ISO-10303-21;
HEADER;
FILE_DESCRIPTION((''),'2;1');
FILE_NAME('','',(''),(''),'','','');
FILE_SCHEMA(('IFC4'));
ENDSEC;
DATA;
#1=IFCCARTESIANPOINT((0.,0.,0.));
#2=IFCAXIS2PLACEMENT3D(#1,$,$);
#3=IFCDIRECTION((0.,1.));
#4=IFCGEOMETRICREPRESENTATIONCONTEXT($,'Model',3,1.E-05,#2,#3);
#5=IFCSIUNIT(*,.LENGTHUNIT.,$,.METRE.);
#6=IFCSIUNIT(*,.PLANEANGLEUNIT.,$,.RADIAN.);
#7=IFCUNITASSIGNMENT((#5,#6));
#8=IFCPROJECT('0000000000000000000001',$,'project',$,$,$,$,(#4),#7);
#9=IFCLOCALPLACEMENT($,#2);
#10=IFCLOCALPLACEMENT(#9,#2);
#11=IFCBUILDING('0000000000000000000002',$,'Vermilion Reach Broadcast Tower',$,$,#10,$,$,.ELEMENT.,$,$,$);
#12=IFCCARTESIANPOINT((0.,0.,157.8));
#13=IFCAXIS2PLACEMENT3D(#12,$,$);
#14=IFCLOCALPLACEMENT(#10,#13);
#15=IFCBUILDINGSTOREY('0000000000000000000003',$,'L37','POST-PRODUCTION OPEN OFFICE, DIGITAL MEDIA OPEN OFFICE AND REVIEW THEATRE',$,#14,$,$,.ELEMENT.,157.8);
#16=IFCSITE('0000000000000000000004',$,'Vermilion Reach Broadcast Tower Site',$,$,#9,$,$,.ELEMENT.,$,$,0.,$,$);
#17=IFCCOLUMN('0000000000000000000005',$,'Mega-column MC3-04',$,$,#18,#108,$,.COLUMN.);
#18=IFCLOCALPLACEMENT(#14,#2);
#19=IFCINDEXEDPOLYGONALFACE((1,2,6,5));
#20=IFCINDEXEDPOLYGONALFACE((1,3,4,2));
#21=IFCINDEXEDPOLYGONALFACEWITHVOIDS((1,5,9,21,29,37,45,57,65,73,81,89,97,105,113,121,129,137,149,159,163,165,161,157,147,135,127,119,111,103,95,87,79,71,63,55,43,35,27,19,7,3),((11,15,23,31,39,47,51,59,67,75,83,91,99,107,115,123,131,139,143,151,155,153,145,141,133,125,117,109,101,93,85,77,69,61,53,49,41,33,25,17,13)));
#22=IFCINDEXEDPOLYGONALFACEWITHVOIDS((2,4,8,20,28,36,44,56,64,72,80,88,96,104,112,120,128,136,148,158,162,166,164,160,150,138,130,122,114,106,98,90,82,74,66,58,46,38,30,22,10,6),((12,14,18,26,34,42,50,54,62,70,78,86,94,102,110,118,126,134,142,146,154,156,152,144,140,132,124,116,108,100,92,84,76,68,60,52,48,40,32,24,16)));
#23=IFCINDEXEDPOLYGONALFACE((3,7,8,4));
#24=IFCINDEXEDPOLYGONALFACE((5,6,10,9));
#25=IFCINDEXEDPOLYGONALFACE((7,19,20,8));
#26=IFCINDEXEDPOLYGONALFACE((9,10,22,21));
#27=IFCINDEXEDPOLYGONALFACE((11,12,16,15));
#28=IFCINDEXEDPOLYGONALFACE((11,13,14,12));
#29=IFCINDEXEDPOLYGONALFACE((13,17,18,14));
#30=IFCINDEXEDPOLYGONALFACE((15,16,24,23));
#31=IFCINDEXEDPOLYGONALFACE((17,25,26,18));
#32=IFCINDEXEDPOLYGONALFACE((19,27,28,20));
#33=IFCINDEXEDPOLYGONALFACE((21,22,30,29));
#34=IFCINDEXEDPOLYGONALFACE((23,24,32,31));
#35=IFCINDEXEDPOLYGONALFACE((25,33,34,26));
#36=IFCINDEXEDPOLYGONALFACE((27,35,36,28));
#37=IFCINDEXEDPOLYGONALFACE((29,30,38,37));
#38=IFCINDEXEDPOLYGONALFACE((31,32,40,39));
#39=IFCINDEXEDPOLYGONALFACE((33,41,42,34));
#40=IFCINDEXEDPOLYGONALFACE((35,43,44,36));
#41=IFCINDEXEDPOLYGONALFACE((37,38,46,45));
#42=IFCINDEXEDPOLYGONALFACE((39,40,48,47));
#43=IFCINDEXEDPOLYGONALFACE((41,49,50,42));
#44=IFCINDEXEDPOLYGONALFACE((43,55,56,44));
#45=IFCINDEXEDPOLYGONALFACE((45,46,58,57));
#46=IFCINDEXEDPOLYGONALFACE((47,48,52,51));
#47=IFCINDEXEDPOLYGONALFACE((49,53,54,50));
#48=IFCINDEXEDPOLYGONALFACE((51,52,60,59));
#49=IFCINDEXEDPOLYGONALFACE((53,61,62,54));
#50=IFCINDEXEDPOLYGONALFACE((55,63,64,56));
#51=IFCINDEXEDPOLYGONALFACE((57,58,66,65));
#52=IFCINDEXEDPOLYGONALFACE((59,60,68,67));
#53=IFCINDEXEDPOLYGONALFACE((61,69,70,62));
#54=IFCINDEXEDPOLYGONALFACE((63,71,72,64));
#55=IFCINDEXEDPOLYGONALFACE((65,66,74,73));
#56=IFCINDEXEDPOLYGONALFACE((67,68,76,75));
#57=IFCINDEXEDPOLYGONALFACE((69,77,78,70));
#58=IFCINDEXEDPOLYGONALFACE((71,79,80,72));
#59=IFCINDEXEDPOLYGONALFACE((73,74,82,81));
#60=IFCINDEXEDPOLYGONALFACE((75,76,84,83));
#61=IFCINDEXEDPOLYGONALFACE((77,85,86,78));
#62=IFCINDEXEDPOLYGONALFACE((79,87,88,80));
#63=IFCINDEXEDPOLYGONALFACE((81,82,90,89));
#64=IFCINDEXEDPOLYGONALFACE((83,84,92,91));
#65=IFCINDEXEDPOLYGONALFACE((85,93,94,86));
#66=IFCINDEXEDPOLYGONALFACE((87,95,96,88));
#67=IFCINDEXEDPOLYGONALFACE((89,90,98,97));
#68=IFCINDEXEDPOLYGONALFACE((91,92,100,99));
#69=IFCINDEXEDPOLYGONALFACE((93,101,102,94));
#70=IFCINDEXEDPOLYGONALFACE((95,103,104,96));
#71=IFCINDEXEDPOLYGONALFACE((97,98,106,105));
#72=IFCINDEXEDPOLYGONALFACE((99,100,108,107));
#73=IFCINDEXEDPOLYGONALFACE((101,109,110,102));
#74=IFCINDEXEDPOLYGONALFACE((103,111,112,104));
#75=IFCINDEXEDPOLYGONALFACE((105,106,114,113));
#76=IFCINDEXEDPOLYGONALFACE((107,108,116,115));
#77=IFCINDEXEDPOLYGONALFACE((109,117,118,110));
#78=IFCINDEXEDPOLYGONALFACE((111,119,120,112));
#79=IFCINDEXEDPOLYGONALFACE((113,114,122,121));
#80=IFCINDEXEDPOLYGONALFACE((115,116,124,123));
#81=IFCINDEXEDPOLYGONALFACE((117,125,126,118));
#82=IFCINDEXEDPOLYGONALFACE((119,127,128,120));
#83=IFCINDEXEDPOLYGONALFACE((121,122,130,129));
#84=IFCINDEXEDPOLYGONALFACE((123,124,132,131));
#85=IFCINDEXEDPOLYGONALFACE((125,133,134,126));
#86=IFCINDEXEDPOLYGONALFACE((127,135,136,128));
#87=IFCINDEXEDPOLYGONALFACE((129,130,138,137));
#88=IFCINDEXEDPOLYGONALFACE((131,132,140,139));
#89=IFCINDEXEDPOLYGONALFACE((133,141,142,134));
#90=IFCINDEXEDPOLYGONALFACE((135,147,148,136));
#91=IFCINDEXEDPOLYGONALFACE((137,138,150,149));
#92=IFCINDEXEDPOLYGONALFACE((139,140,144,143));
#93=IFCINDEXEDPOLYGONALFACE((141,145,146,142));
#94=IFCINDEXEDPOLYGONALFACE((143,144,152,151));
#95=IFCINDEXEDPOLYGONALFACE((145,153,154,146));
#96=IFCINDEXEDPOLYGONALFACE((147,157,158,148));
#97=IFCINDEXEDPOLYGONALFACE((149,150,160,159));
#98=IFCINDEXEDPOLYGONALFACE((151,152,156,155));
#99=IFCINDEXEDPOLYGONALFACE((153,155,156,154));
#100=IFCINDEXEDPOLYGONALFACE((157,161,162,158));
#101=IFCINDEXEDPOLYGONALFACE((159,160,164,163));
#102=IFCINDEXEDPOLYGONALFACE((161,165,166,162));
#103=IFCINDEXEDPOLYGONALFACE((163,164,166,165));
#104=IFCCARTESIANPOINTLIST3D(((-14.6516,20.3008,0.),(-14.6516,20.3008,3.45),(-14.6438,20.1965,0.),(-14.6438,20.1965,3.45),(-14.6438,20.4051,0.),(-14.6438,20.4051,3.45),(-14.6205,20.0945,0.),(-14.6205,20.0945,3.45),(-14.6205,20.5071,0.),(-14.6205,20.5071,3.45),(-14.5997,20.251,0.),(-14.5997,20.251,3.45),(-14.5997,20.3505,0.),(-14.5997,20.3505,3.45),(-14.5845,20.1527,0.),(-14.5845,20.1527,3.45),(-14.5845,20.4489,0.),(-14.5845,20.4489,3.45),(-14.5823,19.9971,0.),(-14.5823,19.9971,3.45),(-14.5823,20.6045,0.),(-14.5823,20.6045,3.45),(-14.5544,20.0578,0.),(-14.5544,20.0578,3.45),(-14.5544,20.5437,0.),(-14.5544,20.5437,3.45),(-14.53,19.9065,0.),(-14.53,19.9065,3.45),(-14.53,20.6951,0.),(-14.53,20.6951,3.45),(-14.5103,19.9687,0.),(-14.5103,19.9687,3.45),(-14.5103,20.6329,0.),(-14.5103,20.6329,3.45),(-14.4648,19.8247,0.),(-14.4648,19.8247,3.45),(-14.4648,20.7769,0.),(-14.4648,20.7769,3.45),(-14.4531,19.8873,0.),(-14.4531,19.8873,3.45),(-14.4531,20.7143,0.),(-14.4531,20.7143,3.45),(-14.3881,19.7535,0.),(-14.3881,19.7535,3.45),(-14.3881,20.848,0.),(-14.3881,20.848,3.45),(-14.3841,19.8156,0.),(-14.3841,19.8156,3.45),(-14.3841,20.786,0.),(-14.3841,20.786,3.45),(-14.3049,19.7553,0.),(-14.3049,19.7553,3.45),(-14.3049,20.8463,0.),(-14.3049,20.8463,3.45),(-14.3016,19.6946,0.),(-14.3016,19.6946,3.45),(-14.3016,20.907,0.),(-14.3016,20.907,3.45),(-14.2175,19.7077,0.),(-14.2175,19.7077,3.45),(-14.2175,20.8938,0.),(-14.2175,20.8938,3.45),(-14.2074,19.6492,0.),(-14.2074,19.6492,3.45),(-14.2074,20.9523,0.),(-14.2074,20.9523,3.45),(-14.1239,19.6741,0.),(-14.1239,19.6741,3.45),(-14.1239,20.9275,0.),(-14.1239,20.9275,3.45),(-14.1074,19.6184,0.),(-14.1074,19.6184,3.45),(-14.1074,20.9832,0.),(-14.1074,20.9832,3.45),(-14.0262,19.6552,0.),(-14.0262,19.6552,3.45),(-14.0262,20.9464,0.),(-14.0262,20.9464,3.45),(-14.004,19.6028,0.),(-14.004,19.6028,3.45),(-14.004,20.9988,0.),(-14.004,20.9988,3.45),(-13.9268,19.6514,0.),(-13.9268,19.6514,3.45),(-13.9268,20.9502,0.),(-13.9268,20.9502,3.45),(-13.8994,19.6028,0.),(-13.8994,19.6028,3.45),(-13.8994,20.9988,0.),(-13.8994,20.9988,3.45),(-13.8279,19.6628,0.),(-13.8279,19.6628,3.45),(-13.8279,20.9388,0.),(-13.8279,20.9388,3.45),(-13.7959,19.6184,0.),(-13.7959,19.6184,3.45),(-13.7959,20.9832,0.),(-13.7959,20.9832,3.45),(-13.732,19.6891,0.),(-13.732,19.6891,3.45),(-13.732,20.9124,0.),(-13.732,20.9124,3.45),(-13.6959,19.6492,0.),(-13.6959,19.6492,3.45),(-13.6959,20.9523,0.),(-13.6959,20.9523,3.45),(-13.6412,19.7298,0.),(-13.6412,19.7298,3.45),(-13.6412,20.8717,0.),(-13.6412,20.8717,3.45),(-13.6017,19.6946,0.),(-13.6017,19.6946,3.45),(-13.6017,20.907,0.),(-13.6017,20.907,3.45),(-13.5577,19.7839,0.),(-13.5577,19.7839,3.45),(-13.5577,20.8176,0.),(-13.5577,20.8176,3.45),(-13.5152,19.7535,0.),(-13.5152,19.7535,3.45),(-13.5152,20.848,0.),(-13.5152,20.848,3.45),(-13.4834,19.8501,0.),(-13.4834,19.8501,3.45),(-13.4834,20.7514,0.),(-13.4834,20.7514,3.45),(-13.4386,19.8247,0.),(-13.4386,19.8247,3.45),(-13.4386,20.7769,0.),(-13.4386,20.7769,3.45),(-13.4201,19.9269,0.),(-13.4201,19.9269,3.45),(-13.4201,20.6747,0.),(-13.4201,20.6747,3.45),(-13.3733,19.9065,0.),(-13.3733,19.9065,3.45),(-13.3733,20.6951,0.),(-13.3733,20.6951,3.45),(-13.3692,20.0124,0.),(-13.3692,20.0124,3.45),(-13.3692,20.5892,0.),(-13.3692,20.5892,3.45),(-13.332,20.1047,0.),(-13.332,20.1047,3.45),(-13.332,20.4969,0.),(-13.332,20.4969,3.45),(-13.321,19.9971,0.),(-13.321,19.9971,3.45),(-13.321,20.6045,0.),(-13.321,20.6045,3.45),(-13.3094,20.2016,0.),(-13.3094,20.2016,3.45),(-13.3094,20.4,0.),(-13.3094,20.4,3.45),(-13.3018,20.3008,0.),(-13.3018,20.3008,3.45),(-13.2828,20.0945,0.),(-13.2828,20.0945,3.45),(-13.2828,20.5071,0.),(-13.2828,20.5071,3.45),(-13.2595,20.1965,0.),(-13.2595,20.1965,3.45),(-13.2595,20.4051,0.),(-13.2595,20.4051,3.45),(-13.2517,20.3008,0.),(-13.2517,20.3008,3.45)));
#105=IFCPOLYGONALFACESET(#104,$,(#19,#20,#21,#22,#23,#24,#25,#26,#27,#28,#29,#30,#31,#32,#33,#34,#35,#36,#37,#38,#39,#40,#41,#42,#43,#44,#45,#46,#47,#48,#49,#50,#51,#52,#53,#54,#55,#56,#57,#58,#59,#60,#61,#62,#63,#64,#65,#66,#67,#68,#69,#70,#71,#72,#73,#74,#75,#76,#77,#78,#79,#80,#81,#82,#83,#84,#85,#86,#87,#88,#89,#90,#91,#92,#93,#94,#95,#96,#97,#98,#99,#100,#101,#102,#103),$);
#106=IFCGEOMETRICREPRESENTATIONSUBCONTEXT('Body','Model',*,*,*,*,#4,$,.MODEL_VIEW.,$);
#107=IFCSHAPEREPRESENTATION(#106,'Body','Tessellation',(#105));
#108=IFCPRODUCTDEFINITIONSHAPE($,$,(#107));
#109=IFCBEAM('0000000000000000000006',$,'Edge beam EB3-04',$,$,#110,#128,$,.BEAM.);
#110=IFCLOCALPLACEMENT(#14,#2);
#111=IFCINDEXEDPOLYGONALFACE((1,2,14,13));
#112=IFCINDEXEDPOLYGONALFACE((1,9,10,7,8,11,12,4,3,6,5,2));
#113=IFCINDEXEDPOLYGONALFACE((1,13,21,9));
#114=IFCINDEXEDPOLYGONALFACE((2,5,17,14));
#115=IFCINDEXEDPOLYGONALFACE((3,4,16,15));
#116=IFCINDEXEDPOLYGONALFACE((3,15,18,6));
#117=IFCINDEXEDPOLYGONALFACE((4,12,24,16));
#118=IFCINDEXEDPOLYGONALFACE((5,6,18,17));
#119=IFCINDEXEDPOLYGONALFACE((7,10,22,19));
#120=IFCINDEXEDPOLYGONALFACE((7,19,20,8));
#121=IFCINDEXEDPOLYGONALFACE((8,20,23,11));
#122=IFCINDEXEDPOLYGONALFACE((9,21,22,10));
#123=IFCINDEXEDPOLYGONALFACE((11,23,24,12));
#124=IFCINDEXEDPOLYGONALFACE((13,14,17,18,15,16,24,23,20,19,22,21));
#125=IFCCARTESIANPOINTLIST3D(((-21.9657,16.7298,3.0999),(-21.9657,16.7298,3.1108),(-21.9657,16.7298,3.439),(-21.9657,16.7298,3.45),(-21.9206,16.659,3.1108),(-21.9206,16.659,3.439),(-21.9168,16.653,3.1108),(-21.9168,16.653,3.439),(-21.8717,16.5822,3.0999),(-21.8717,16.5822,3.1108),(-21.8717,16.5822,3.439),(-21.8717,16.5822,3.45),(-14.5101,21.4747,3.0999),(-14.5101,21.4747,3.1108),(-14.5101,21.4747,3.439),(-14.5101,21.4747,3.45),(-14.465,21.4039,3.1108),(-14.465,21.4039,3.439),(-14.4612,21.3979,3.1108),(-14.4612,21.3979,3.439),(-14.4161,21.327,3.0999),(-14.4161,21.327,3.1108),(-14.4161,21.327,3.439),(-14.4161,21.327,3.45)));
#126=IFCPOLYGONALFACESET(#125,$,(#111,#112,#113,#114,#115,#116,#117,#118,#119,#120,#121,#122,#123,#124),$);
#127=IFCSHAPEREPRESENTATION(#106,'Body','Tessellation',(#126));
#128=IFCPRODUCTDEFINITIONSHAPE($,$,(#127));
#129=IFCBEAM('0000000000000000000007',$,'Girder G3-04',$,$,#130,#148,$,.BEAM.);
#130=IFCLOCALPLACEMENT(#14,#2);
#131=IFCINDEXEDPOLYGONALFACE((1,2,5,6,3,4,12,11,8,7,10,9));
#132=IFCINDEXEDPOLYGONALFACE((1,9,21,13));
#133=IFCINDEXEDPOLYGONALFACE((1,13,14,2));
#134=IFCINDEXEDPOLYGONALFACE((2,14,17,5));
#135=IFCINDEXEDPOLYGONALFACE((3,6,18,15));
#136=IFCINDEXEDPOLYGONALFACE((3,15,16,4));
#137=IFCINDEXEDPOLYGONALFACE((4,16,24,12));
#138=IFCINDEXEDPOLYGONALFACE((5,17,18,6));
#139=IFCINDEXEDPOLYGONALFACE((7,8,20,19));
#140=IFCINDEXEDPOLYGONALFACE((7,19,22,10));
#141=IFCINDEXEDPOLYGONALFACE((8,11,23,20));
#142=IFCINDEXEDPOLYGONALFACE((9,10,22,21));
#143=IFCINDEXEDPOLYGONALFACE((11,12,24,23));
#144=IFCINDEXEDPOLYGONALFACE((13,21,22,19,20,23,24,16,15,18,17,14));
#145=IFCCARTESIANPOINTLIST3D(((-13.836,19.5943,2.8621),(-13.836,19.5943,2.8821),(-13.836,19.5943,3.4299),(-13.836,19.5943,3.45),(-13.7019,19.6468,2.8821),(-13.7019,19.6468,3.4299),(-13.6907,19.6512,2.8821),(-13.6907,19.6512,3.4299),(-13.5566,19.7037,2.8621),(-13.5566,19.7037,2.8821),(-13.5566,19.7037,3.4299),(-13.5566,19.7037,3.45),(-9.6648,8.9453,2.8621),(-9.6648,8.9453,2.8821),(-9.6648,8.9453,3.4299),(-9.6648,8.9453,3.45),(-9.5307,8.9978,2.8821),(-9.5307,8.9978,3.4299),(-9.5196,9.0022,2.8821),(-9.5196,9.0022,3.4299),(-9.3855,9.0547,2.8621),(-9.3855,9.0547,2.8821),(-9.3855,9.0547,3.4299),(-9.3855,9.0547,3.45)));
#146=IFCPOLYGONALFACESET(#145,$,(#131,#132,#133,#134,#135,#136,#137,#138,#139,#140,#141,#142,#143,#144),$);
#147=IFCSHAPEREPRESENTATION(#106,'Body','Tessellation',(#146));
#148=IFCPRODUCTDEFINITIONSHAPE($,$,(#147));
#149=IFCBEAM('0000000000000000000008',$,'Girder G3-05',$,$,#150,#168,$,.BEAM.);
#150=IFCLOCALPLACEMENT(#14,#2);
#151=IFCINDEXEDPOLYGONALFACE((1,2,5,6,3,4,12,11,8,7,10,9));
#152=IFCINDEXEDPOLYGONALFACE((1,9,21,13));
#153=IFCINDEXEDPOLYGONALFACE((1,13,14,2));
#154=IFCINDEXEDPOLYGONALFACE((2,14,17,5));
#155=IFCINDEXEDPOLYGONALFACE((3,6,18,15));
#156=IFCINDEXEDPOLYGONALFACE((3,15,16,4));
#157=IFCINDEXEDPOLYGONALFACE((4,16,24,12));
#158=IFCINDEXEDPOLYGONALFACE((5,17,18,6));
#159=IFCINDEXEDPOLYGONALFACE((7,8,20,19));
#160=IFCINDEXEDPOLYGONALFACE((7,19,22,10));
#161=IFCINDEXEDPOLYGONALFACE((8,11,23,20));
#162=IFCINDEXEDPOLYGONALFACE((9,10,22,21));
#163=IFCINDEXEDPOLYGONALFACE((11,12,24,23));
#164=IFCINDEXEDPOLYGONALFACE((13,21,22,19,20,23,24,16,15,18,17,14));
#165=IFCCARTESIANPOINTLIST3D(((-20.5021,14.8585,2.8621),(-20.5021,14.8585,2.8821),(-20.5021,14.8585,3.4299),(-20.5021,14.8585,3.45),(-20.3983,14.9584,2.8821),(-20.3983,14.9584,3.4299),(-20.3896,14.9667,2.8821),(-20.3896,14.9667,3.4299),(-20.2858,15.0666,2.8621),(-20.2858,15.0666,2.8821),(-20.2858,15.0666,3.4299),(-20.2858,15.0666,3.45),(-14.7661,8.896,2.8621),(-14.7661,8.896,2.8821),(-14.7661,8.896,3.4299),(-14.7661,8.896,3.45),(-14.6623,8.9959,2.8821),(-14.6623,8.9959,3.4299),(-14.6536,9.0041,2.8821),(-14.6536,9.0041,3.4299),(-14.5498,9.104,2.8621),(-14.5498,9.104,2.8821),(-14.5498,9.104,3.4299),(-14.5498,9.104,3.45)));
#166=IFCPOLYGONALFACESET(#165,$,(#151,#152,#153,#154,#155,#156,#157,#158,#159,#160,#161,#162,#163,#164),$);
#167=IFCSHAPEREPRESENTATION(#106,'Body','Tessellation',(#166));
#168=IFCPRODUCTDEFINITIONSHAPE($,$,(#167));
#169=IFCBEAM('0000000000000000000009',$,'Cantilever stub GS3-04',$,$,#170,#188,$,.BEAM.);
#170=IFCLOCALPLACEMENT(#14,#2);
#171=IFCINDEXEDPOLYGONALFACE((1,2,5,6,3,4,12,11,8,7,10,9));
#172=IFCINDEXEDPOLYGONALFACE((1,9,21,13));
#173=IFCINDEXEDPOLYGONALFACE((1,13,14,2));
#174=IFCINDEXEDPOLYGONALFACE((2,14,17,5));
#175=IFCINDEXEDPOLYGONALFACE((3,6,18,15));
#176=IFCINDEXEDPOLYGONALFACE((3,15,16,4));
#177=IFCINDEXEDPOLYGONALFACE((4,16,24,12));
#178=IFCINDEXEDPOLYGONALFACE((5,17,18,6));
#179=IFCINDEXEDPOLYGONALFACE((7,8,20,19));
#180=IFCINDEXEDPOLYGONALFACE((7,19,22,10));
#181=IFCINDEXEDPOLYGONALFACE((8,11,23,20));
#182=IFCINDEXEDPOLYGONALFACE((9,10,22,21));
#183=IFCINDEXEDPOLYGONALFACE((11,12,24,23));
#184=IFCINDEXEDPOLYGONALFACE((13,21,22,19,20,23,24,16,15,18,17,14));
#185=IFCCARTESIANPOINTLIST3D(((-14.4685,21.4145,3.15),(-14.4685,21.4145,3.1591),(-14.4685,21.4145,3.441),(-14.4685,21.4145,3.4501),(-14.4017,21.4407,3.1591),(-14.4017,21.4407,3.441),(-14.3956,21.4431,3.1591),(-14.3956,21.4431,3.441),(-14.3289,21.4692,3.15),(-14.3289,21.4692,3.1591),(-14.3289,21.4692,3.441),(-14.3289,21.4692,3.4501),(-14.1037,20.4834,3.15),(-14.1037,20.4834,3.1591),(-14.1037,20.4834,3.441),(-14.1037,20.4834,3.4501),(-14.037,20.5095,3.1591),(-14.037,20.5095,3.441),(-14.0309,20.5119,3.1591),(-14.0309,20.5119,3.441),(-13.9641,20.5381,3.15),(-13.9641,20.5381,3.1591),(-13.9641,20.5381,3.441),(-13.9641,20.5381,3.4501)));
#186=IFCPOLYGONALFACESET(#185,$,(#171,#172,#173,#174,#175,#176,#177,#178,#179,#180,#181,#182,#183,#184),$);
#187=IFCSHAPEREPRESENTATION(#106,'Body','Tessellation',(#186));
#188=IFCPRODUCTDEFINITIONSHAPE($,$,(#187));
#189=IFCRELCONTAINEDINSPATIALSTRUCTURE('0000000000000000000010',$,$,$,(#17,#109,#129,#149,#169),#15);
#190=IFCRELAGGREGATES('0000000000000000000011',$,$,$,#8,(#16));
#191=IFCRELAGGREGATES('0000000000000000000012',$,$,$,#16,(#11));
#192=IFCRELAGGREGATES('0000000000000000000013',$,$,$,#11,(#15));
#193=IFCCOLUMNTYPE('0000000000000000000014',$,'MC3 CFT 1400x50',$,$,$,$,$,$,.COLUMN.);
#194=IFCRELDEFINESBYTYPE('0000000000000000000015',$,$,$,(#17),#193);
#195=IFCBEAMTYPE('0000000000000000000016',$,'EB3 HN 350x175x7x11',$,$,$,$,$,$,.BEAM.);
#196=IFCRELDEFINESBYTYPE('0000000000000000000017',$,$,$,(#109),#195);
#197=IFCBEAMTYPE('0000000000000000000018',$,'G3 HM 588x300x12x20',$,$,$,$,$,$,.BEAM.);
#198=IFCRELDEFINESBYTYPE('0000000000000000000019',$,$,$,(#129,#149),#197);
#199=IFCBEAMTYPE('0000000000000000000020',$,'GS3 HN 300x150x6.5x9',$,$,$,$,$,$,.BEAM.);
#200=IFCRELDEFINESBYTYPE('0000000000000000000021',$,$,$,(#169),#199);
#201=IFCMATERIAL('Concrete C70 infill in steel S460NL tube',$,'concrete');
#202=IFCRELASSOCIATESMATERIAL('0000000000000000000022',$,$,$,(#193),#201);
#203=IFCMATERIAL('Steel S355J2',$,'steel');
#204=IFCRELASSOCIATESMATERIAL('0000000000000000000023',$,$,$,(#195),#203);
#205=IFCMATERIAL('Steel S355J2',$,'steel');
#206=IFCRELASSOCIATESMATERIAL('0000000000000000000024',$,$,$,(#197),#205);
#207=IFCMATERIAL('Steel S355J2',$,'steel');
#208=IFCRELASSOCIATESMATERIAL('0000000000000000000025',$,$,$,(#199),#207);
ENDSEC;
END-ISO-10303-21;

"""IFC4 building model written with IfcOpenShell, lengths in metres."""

from ifc_helpers import new_model, si_unit, direction, frame, origin, origin_2d, place, context, subcontext, project, spatial, hollow_circle, i_section, extrude, material, material_profile, profile_set, type_object, element, save


model = new_model("IFC4")

# Units and contexts
model_context = context("Model", 3, precision=1e-05, world=origin(), true_north=direction((0.0, 1.0)))
body_context = subcontext(model_context, "Body", "Model", "MODEL_VIEW")
ifc_project = project(units=[si_unit("LENGTHUNIT", "METRE"), si_unit("PLANEANGLEUNIT", "RADIAN")], contexts=[model_context])

# Site, building, storey
site_placement = place(None, origin())
site = spatial("IfcSite", under=ifc_project, at=site_placement, Name="Vermilion Reach Broadcast Tower Site", CompositionType="ELEMENT", RefElevation=0.0)
building_placement = place(site_placement, origin())
building = spatial("IfcBuilding", under=site, at=building_placement, Name="Vermilion Reach Broadcast Tower", CompositionType="ELEMENT")
storey_placement = place(building_placement, frame((0.0, 0.0, 157.8)))
storey = spatial("IfcBuildingStorey", under=building, at=storey_placement, Name="L37", Description="POST-PRODUCTION OPEN OFFICE, DIGITAL MEDIA OPEN OFFICE AND REVIEW THEATRE", CompositionType="ELEMENT", Elevation=157.8)

# Column
ifc_material_1 = material(Name="Concrete C70 infill in steel S460NL tube", Category="concrete")
ifc_material_profile_1 = material_profile(ifc_material_1, hollow_circle(Radius=0.7, WallThickness=0.05, at=origin_2d()), Name="Concrete C70 infill in steel S460NL tube CFT 1400x50")
ifc_profile_set_1 = profile_set([ifc_material_profile_1], Name="Concrete C70 infill in steel S460NL tube")
column_type = type_object("IfcColumnType", Name="MC3 CFT 1400x50", PredefinedType="COLUMN", material=ifc_profile_set_1)
column_placement = place(storey_placement, frame((-13.9517, 20.3008, 0.0), z_axis=(0.0, 0.0, 1.0), x_axis=(1.0, 0.0, 0.0)))
element("IfcColumn", 1, at=column_placement, inside=storey, type_object=column_type, Name="Mega-column MC3-04", PredefinedType="COLUMN", context=body_context, shape_type="SweptSolid", body=[
    extrude(hollow_circle(Radius=0.7, WallThickness=0.05, at=origin_2d()), origin(), (0.0, 0.0, 1.0), 3.45),
])

# Beams
ifc_material_2 = material(Name="Steel S355J2", Category="steel")
ifc_material_profile_2 = material_profile(ifc_material_2, i_section(OverallWidth=0.175, OverallDepth=0.3501, WebThickness=0.0071, FlangeThickness=0.011, at=origin_2d()), Name="S355J2 HN 350x175x7x11")
ifc_profile_set_2 = profile_set([ifc_material_profile_2], Name="Steel S355J2")
beam_type_1 = type_object("IfcBeamType", Name="EB3 HN 350x175x7x11", PredefinedType="BEAM", material=ifc_profile_set_2)
beam_1_placement = place(storey_placement, frame((-14.4631, 21.4009, 3.2749), z_axis=(-0.84364, -0.536909, 0.0), x_axis=(0.536909, -0.84364, 0.0)))
element("IfcBeam", 2, at=beam_1_placement, inside=storey, type_object=beam_type_1, Name="Edge beam EB3-04", PredefinedType="BEAM", context=body_context, shape_type="SweptSolid", body=[
    extrude(i_section(OverallWidth=0.175, OverallDepth=0.3501, WebThickness=0.0071, FlangeThickness=0.011, at=origin_2d()), origin(), (0.0, 0.0, 1.0), 8.8374),
])
ifc_material_3 = material(Name="Steel S355J2", Category="steel")
ifc_material_profile_3 = material_profile(ifc_material_3, i_section(OverallWidth=0.3, OverallDepth=0.5879, WebThickness=0.012, FlangeThickness=0.02, at=origin_2d()), Name="S355J2 HM 588x300x12x20")
ifc_profile_set_3 = profile_set([ifc_material_profile_3], Name="Steel S355J2")
beam_type_2 = type_object("IfcBeamType", Name="G3 HM 588x300x12x20", PredefinedType="BEAM", material=ifc_profile_set_3)
beam_2_placement = place(storey_placement, frame((-9.5251, 9.0, 3.156), z_axis=(-0.364716, 0.931119, 0.0), x_axis=(-0.931119, -0.364716, 0.0)))
element("IfcBeam", 3, at=beam_2_placement, inside=storey, type_object=beam_type_2, Name="Girder G3-04", PredefinedType="BEAM", context=body_context, shape_type="SweptSolid", body=[
    extrude(i_section(OverallWidth=0.3, OverallDepth=0.5879, WebThickness=0.012, FlangeThickness=0.02, at=origin_2d()), origin(), (0.0, 0.0, 1.0), 11.4368),
])
beam_3_placement = place(storey_placement, frame((-14.658, 9.0, 3.156), z_axis=(-0.693283, 0.720666, 0.0), x_axis=(-0.720666, -0.693283, 0.0)))
element("IfcBeam", 4, at=beam_3_placement, inside=storey, type_object=beam_type_2, Name="Girder G3-05", PredefinedType="BEAM", context=body_context, shape_type="SweptSolid", body=[
    extrude(i_section(OverallWidth=0.3, OverallDepth=0.5879, WebThickness=0.012, FlangeThickness=0.02, at=origin_2d()), origin(), (0.0, 0.0, 1.0), 8.2737),
])
ifc_material_4 = material(Name="Steel S355J2", Category="steel")
ifc_material_profile_4 = material_profile(ifc_material_4, i_section(OverallWidth=0.1499, OverallDepth=0.3, WebThickness=0.0066, FlangeThickness=0.009, at=origin_2d()), Name="S355J2 HN 300x150x6.5x9")
ifc_profile_set_4 = profile_set([ifc_material_profile_4], Name="Steel S355J2")
beam_type_3 = type_object("IfcBeamType", Name="GS3 HN 300x150x6.5x9", PredefinedType="BEAM", material=ifc_profile_set_4)
beam_4_placement = place(storey_placement, frame((-14.0339, 20.5107, 3.3), z_axis=(-0.364731, 0.931113, 0.0), x_axis=(-0.931113, -0.364731, 0.0)))
element("IfcBeam", 5, at=beam_4_placement, inside=storey, type_object=beam_type_3, Name="Cantilever stub GS3-04", PredefinedType="BEAM", context=body_context, shape_type="SweptSolid", body=[
    extrude(i_section(OverallWidth=0.1499, OverallDepth=0.3, WebThickness=0.0066, FlangeThickness=0.009, at=origin_2d()), origin(), (0.0, 0.0, 1.0), 1.0),
])

save(model, "model.ifc")
